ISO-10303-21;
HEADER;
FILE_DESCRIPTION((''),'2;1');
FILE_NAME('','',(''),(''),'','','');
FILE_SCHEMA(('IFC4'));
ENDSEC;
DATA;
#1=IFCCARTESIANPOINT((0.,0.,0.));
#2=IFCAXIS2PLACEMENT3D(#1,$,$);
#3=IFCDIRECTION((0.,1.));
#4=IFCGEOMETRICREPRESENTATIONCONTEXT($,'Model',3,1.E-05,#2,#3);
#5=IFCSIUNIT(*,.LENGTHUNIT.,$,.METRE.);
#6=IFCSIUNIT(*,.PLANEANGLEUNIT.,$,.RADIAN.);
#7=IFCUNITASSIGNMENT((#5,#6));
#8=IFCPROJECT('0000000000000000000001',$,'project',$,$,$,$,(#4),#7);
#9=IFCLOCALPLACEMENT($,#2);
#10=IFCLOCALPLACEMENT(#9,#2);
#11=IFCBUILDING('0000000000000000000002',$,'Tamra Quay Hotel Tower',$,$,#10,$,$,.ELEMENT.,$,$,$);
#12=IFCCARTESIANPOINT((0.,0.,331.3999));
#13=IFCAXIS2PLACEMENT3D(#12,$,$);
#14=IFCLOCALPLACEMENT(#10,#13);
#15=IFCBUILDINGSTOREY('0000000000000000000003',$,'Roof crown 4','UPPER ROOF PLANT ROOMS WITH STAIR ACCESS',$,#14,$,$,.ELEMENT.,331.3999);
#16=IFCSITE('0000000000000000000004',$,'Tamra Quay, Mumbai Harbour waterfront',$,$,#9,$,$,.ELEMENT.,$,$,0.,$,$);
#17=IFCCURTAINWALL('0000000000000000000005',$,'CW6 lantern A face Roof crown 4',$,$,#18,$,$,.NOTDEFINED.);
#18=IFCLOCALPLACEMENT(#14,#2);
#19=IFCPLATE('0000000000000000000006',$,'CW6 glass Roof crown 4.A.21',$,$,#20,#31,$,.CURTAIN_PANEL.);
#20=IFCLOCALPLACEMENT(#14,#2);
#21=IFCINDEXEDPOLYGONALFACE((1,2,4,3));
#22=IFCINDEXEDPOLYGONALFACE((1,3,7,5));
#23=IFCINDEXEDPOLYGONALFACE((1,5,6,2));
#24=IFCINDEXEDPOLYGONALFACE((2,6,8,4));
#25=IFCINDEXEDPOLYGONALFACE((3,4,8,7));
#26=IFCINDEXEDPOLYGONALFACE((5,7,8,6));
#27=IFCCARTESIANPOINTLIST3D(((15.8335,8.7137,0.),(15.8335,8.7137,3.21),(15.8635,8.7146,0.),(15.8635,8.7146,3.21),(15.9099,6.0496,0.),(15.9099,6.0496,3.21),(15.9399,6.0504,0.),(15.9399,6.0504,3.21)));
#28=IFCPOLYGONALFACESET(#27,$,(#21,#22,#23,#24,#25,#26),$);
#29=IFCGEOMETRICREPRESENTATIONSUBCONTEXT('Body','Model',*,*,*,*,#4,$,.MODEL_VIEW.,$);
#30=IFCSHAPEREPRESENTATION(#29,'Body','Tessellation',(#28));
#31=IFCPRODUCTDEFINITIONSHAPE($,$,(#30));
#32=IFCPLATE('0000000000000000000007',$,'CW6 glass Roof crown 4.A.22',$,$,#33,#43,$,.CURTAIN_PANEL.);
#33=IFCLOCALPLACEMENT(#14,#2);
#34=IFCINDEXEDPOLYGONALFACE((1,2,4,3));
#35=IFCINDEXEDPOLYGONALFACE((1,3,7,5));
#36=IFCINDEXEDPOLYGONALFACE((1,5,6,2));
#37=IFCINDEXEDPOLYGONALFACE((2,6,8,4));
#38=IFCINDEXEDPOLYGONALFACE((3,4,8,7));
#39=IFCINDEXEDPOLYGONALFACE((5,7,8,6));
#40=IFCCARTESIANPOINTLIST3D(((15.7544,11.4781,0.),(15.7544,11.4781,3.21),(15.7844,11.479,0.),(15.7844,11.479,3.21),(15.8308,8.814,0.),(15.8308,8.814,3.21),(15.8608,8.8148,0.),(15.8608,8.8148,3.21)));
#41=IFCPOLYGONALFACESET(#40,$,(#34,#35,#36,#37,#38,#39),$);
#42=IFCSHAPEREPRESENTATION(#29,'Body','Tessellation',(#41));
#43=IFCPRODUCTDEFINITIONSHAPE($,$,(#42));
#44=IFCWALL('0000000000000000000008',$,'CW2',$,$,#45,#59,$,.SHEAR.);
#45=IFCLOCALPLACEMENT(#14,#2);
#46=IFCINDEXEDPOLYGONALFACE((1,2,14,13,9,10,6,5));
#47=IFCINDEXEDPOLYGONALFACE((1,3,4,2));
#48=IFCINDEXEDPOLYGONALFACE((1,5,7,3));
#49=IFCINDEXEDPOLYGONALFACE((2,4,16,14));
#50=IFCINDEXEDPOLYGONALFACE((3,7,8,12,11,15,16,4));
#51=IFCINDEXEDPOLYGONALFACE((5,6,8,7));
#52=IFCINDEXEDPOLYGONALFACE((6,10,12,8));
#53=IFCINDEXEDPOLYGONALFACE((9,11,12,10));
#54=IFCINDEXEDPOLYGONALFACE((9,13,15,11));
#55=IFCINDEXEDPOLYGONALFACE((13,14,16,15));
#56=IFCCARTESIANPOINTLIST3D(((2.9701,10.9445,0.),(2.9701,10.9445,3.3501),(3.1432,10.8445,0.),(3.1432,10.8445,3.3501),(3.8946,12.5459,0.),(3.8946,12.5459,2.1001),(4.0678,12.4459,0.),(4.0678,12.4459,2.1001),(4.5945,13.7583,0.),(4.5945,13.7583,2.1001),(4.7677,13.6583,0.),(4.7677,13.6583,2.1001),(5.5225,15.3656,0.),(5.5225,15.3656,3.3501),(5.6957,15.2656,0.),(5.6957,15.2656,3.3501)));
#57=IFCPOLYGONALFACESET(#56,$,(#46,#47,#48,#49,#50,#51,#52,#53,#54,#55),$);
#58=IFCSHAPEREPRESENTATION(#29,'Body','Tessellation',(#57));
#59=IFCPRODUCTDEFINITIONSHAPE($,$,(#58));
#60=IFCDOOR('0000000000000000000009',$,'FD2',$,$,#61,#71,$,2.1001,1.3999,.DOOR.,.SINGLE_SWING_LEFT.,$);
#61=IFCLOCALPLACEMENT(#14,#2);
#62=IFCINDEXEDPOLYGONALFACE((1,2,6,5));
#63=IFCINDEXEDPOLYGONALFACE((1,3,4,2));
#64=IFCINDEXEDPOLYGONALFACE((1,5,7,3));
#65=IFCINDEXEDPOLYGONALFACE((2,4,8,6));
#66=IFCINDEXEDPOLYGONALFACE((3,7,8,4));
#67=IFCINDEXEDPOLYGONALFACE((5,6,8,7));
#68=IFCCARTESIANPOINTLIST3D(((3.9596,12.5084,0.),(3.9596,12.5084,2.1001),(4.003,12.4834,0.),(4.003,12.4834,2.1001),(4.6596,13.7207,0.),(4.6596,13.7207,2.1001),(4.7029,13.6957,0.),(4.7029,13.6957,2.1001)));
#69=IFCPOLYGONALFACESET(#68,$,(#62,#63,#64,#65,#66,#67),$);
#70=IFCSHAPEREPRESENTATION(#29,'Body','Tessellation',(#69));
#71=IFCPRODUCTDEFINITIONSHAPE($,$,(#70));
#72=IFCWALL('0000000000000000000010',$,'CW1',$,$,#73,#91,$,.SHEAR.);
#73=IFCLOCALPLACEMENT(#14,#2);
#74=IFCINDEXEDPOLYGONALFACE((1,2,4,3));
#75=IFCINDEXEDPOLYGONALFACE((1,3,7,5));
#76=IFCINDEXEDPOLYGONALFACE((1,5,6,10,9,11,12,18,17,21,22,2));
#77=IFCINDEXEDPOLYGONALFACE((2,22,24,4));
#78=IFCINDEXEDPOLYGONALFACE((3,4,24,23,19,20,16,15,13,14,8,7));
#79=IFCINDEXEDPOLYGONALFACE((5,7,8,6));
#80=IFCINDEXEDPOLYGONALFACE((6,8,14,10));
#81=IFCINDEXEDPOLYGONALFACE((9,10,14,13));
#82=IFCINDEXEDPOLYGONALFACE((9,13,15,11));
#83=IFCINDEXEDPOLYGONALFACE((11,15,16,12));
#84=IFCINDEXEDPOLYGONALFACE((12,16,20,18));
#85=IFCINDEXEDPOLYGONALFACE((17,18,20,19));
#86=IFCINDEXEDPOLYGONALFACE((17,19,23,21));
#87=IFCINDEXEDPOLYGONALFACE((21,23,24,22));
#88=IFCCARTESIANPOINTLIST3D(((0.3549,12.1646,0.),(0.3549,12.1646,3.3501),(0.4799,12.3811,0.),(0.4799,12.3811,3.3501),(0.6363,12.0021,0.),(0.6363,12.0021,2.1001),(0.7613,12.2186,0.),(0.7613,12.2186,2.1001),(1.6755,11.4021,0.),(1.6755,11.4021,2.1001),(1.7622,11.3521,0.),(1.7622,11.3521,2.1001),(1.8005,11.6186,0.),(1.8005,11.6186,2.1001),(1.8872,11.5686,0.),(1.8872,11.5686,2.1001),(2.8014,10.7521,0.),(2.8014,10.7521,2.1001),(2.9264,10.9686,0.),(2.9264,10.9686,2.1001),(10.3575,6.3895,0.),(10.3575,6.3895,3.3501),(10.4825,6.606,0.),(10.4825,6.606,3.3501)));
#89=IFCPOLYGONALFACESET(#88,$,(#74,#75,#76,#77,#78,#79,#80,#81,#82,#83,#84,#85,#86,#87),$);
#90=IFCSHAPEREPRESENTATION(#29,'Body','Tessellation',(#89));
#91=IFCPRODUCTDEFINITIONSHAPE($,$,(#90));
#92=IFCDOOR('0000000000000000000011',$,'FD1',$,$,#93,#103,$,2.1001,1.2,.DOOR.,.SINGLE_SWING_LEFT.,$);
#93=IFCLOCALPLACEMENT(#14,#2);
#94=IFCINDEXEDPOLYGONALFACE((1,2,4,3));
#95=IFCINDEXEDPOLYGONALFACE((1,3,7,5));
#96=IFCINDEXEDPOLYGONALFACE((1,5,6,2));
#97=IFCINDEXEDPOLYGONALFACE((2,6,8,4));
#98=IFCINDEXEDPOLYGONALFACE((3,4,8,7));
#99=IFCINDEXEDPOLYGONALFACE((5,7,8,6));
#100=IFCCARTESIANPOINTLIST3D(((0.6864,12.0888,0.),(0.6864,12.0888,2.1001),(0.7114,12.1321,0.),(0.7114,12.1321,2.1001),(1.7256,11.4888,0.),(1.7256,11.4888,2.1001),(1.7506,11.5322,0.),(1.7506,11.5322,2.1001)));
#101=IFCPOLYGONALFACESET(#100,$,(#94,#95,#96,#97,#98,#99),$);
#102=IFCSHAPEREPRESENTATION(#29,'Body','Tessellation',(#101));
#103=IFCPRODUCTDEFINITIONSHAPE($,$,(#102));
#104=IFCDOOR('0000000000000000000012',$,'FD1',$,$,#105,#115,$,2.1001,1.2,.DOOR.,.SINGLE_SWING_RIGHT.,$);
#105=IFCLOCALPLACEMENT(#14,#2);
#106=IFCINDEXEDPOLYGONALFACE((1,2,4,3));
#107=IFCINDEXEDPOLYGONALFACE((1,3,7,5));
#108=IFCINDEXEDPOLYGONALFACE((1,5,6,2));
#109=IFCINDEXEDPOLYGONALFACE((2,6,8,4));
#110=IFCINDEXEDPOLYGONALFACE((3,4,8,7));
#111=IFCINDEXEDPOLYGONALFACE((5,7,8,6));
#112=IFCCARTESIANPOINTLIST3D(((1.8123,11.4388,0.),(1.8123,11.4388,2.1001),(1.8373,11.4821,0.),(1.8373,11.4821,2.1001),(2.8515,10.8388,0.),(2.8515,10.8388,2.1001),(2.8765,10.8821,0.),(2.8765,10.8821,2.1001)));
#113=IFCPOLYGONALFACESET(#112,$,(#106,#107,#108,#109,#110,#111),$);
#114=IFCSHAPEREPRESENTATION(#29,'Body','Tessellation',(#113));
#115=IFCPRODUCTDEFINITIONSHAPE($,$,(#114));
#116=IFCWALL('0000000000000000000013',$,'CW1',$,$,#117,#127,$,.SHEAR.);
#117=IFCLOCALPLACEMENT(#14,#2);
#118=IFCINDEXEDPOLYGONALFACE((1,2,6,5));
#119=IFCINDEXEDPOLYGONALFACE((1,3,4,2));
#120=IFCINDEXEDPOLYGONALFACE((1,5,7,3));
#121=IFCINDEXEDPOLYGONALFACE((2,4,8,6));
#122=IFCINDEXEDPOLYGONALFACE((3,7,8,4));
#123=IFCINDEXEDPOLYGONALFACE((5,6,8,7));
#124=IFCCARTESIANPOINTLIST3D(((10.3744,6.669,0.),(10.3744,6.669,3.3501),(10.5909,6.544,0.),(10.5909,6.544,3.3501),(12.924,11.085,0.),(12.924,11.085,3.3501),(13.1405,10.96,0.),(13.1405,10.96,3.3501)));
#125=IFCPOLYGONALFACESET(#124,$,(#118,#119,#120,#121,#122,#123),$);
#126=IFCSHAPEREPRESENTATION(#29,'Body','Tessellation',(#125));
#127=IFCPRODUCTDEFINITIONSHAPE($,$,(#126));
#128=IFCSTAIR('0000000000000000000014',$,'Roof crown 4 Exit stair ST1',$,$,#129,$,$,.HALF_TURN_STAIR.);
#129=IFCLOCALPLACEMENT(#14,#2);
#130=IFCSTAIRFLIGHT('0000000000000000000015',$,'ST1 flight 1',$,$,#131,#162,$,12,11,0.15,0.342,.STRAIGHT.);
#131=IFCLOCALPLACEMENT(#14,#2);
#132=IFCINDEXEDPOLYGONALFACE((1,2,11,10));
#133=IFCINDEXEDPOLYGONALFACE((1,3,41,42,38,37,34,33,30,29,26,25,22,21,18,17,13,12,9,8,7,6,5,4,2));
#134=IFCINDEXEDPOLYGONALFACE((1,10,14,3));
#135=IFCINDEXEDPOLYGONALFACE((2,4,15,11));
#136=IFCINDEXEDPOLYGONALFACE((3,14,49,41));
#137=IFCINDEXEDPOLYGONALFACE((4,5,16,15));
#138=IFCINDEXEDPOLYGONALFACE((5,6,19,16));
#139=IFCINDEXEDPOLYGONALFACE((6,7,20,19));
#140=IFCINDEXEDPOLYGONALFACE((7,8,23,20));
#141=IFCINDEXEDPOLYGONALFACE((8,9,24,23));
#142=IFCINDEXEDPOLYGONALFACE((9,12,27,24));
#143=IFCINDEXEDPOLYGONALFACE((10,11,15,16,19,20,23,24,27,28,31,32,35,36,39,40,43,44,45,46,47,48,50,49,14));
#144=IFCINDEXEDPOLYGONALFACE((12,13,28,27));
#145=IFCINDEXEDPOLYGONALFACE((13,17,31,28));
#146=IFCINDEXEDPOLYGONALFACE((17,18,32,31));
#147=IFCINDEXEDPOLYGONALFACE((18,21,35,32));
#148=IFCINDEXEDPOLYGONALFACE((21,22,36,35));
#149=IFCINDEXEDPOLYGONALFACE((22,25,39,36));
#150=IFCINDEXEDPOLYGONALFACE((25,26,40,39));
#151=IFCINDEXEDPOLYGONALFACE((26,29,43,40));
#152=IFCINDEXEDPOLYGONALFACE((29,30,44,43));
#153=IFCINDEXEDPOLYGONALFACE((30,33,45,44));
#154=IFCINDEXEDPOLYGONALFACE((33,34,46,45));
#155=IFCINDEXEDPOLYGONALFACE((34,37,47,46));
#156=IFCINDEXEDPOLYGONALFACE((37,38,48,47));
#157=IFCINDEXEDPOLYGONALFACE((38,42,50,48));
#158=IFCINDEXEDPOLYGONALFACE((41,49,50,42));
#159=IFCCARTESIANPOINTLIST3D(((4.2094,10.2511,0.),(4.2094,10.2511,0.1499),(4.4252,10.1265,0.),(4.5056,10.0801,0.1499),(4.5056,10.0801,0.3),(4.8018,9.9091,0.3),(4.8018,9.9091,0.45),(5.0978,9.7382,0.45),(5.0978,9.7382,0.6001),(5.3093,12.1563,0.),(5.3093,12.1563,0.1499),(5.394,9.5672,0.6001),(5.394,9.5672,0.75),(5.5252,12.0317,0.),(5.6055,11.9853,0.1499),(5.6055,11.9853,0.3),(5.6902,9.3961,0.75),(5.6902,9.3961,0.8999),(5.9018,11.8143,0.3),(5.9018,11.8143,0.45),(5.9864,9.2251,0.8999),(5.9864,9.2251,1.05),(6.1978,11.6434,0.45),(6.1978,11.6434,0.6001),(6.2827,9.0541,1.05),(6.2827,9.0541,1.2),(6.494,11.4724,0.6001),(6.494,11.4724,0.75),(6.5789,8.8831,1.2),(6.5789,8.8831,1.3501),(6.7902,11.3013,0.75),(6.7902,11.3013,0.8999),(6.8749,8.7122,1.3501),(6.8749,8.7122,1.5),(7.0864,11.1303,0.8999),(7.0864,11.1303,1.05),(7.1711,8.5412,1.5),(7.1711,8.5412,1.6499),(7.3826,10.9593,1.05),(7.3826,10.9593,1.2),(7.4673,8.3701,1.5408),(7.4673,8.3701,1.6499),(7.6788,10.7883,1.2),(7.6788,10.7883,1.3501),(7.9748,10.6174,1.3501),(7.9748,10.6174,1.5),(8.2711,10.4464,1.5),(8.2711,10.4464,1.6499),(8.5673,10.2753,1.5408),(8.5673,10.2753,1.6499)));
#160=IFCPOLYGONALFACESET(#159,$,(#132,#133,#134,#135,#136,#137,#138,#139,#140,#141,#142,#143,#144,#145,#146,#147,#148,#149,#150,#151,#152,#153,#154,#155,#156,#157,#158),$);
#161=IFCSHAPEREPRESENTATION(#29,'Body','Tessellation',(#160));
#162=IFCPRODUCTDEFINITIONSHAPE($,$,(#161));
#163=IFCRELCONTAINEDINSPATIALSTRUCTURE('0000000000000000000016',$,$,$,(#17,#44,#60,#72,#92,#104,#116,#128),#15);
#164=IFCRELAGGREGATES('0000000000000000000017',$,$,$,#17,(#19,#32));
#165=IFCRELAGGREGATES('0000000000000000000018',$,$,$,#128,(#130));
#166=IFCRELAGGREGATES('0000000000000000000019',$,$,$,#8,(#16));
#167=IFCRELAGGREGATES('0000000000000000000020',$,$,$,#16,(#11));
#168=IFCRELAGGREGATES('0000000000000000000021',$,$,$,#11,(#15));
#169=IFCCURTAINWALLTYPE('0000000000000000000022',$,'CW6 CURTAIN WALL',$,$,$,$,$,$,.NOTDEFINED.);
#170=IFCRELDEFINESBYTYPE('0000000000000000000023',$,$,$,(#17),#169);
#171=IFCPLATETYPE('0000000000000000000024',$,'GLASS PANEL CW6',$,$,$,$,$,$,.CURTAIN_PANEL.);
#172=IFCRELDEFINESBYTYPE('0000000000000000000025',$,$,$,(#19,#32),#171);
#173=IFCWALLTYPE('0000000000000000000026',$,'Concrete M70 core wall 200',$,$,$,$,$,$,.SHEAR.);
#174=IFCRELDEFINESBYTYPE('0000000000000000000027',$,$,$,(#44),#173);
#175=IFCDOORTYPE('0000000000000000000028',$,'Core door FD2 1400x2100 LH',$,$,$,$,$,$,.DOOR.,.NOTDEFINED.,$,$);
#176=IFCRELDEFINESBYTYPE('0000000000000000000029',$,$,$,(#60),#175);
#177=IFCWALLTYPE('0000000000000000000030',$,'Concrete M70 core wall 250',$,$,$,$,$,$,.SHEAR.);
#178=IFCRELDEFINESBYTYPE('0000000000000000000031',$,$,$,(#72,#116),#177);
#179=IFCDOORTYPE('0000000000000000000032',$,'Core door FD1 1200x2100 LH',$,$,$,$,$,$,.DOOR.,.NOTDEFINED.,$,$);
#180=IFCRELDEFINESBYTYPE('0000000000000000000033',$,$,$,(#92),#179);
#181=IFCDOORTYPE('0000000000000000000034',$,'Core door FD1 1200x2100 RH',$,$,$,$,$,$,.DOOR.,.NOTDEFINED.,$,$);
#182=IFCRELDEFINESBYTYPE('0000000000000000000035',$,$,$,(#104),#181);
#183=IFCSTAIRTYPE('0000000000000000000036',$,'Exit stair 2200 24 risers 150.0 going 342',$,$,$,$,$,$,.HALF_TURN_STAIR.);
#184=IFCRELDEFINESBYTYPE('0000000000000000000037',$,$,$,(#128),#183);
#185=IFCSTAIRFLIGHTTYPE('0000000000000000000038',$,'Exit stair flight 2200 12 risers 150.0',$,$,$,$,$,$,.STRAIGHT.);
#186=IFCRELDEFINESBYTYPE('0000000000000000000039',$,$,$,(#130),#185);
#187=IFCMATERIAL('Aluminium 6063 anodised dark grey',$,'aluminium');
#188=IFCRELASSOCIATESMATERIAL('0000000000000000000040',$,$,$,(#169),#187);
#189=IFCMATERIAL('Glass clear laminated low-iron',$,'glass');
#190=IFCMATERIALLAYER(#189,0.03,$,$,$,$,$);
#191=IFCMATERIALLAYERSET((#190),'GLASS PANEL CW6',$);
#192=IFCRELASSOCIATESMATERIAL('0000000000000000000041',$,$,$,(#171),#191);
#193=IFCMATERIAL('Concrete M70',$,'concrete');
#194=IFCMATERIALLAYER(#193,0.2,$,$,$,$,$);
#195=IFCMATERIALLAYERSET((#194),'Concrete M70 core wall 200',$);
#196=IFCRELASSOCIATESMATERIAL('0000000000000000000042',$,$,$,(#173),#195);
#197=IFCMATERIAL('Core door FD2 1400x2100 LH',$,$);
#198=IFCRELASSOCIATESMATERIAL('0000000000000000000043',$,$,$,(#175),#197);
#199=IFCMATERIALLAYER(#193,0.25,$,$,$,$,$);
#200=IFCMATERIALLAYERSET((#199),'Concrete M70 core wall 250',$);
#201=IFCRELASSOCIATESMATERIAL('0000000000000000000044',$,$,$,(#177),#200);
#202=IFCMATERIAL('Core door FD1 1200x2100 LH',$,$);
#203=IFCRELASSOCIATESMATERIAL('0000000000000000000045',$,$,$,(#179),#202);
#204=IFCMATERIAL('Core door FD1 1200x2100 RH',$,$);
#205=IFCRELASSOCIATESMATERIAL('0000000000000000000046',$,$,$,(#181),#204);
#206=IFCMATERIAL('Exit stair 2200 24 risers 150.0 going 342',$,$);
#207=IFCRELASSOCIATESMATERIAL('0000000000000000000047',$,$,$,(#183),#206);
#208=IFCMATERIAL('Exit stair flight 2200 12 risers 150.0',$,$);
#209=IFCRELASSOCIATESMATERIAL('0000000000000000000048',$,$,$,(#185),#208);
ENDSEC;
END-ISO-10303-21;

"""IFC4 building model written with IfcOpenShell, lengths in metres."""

from ifc_helpers import new_model, si_unit, direction, frame, frame_2d, origin, origin_2d, place, context, subcontext, project, spatial, polyline, rectangle, outline, extrude, material, layer, layer_set, type_object, element, fill, aggregate, save


model = new_model("IFC4")

# Units and contexts
model_context = context("Model", 3, precision=1e-05, world=origin(), true_north=direction((0.0, 1.0)))
body_context = subcontext(model_context, "Body", "Model", "MODEL_VIEW")
ifc_project = project(units=[si_unit("LENGTHUNIT", "METRE"), si_unit("PLANEANGLEUNIT", "RADIAN")], contexts=[model_context])

# Site, building, storey
site_placement = place(None, origin())
site = spatial("IfcSite", under=ifc_project, at=site_placement, Name="Tamra Quay, Mumbai Harbour waterfront", CompositionType="ELEMENT", RefElevation=0.0)
building_placement = place(site_placement, origin())
building = spatial("IfcBuilding", under=site, at=building_placement, Name="Tamra Quay Hotel Tower", CompositionType="ELEMENT")
storey_placement = place(building_placement, frame((0.0, 0.0, 331.3999)))
storey = spatial("IfcBuildingStorey", under=building, at=storey_placement, Name="Roof crown 4", Description="UPPER ROOF PLANT ROOMS WITH STAIR ACCESS", CompositionType="ELEMENT", Elevation=331.3999)

# Curtain wall, plates
ifc_material_1 = material(Name="Aluminium 6063 anodised dark grey", Category="aluminium")
curtain_wall_type = type_object("IfcCurtainWallType", Name="CW6 CURTAIN WALL", PredefinedType="NOTDEFINED", material=ifc_material_1)
curtain_wall_placement = place(storey_placement, origin())
curtain_wall = element("IfcCurtainWall", 1, at=curtain_wall_placement, inside=storey, type_object=curtain_wall_type, Name="CW6 lantern A face Roof crown 4", PredefinedType="NOTDEFINED")
ifc_material_2 = material(Name="Glass clear laminated low-iron", Category="glass")
ifc_layer_1 = layer(ifc_material_2, 0.03)
ifc_layer_set_1 = layer_set([ifc_layer_1], Name="GLASS PANEL CW6")
plate_type = type_object("IfcPlateType", Name="GLASS PANEL CW6", PredefinedType="CURTAIN_PANEL", material=ifc_layer_set_1)
plate_1_placement = place(storey_placement, frame((15.8867, 7.3821, 0.0), z_axis=(0.0, 0.0, 1.0), x_axis=(-0.02865, 0.99959, 0.0)))
plate_1 = element("IfcPlate", 2, at=plate_1_placement, type_object=plate_type, Name="CW6 glass Roof crown 4.A.21", PredefinedType="CURTAIN_PANEL", context=body_context, shape_type="SweptSolid", body=[
    extrude(rectangle(XDim=2.6653, YDim=0.03, at=origin_2d()), origin(), (0.0, 0.0, 1.0), 3.21),
])
plate_2_placement = place(storey_placement, frame((15.8076, 10.1465, 0.0), z_axis=(0.0, 0.0, 1.0), x_axis=(-0.02865, 0.99959, 0.0)))
plate_2 = element("IfcPlate", 3, at=plate_2_placement, type_object=plate_type, Name="CW6 glass Roof crown 4.A.22", PredefinedType="CURTAIN_PANEL", context=body_context, shape_type="SweptSolid", body=[
    extrude(rectangle(XDim=2.6653, YDim=0.03, at=origin_2d()), origin(), (0.0, 0.0, 1.0), 3.21),
])
aggregate(curtain_wall, [plate_1, plate_2])

# Wall, opening, door
ifc_material_3 = material(Name="Concrete M70", Category="concrete")
ifc_layer_2 = layer(ifc_material_3, 0.2)
ifc_layer_set_2 = layer_set([ifc_layer_2], Name="Concrete M70 core wall 200")
wall_type_1 = type_object("IfcWallType", Name="Concrete M70 core wall 200", PredefinedType="SHEAR", material=ifc_layer_set_2)
wall_1_placement = place(storey_placement, frame((3.0566, 10.8945, 0.0), z_axis=(0.0, 0.0, 1.0), x_axis=(0.499992, 0.86603, 0.0)))
wall_1 = element("IfcWall", 4, at=wall_1_placement, inside=storey, type_object=wall_type_1, Name="CW2", PredefinedType="SHEAR", context=body_context, shape_type="SweptSolid", body=[
    extrude(rectangle(XDim=5.105, YDim=0.2, at=frame_2d((2.5525, 0.0))), origin(), (0.0, 0.0, 1.0), 3.3501),
])
opening_1_placement = place(wall_1_placement, frame((1.8491, 0.0, 0.0)))
opening_1 = element("IfcOpeningElement", 5, at=opening_1_placement, cuts=wall_1, PredefinedType="OPENING", context=body_context, shape_type="SweptSolid", body=[
    extrude(rectangle(XDim=1.3999, YDim=2.1001, at=frame_2d((0.7, 1.05))), frame((0.0, 0.1099, 0.0), z_axis=(0.0, -1.0, 0.0), x_axis=(1.0, 0.0, 0.0)), (0.0, 0.0, 1.0), 0.22),
])
ifc_material_4 = material(Name="Core door FD2 1400x2100 LH")
door_type_1 = type_object("IfcDoorType", Name="Core door FD2 1400x2100 LH", OperationType="NOTDEFINED", PredefinedType="DOOR", material=ifc_material_4)
door_1_placement = place(opening_1_placement, origin())
door_1 = element("IfcDoor", 6, at=door_1_placement, inside=storey, type_object=door_type_1, Name="FD2", OperationType="SINGLE_SWING_LEFT", OverallHeight=2.1001, OverallWidth=1.3999, PredefinedType="DOOR", context=body_context, shape_type="SweptSolid", body=[
    extrude(rectangle(XDim=1.3999, YDim=2.1001, at=frame_2d((0.7, 1.05))), frame((0.0, 0.0249, 0.0), z_axis=(0.0, -1.0, 0.0), x_axis=(1.0, 0.0, 0.0)), (0.0, 0.0, 1.0), 0.05),
])
fill(opening_1, door_1)

# Wall, openings, doors
ifc_layer_3 = layer(ifc_material_3, 0.25)
ifc_layer_set_3 = layer_set([ifc_layer_3], Name="Concrete M70 core wall 250")
wall_type_2 = type_object("IfcWallType", Name="Concrete M70 core wall 250", PredefinedType="SHEAR", material=ifc_layer_set_3)
wall_2_placement = place(storey_placement, frame((10.4199, 6.4978, 0.0), z_axis=(0.0, 0.0, 1.0), x_axis=(-0.866022, 0.500006, 0.0)))
wall_2 = element("IfcWall", 7, at=wall_2_placement, inside=storey, type_object=wall_type_2, Name="CW1", PredefinedType="SHEAR", context=body_context, shape_type="SweptSolid", body=[
    extrude(rectangle(XDim=11.55, YDim=0.25, at=frame_2d((5.7749, 0.0))), origin(), (0.0, 0.0, 1.0), 3.3501),
])
opening_2_placement = place(wall_2_placement, frame((10.0249, 0.0, 0.0)))
opening_2 = element("IfcOpeningElement", 8, at=opening_2_placement, cuts=wall_2, PredefinedType="OPENING", context=body_context, shape_type="SweptSolid", body=[
    extrude(rectangle(XDim=1.2, YDim=2.1001, at=frame_2d((0.6001, 1.05))), frame((0.0, 0.135, 0.0), z_axis=(0.0, -1.0, 0.0), x_axis=(1.0, 0.0, 0.0)), (0.0, 0.0, 1.0), 0.27),
])
opening_3_placement = place(wall_2_placement, frame((8.7249, 0.0, 0.0)))
opening_3 = element("IfcOpeningElement", 9, at=opening_3_placement, cuts=wall_2, PredefinedType="OPENING", context=body_context, shape_type="SweptSolid", body=[
    extrude(rectangle(XDim=1.2, YDim=2.1001, at=frame_2d((0.6001, 1.05))), frame((0.0, 0.135, 0.0), z_axis=(0.0, -1.0, 0.0), x_axis=(1.0, 0.0, 0.0)), (0.0, 0.0, 1.0), 0.27),
])
ifc_material_5 = material(Name="Core door FD1 1200x2100 LH")
door_type_2 = type_object("IfcDoorType", Name="Core door FD1 1200x2100 LH", OperationType="NOTDEFINED", PredefinedType="DOOR", material=ifc_material_5)
door_2_placement = place(opening_2_placement, origin())
door_2 = element("IfcDoor", 10, at=door_2_placement, inside=storey, type_object=door_type_2, Name="FD1", OperationType="SINGLE_SWING_LEFT", OverallHeight=2.1001, OverallWidth=1.2, PredefinedType="DOOR", context=body_context, shape_type="SweptSolid", body=[
    extrude(rectangle(XDim=1.2, YDim=2.1001, at=frame_2d((0.6001, 1.05))), frame((0.0, 0.0249, 0.0), z_axis=(0.0, -1.0, 0.0), x_axis=(1.0, 0.0, 0.0)), (0.0, 0.0, 1.0), 0.05),
])
fill(opening_2, door_2)
ifc_material_6 = material(Name="Core door FD1 1200x2100 RH")
door_type_3 = type_object("IfcDoorType", Name="Core door FD1 1200x2100 RH", OperationType="NOTDEFINED", PredefinedType="DOOR", material=ifc_material_6)
door_3_placement = place(opening_3_placement, origin())
door_3 = element("IfcDoor", 11, at=door_3_placement, inside=storey, type_object=door_type_3, Name="FD1", OperationType="SINGLE_SWING_RIGHT", OverallHeight=2.1001, OverallWidth=1.2, PredefinedType="DOOR", context=body_context, shape_type="SweptSolid", body=[
    extrude(rectangle(XDim=1.2, YDim=2.1001, at=frame_2d((0.6001, 1.05))), frame((0.0, 0.0249, 0.0), z_axis=(0.0, -1.0, 0.0), x_axis=(1.0, 0.0, 0.0)), (0.0, 0.0, 1.0), 0.05),
])
fill(opening_3, door_3)

# Wall
wall_3_placement = place(storey_placement, frame((13.0322, 11.0225, 0.0), z_axis=(0.0, 0.0, 1.0), x_axis=(-0.499996, -0.866028, 0.0)))
element("IfcWall", 12, at=wall_3_placement, inside=storey, type_object=wall_type_2, Name="CW1", PredefinedType="SHEAR", context=body_context, shape_type="SweptSolid", body=[
    extrude(rectangle(XDim=5.0991, YDim=0.25, at=frame_2d((2.5496, 0.0))), origin(), (0.0, 0.0, 1.0), 3.3501),
])

# Stair, stair flight
ifc_material_7 = material(Name="Exit stair 2200 24 risers 150.0 going 342")
stair_type = type_object("IfcStairType", Name="Exit stair 2200 24 risers 150.0 going 342", PredefinedType="HALF_TURN_STAIR", material=ifc_material_7)
stair_placement = place(storey_placement, origin())
stair = element("IfcStair", 13, at=stair_placement, inside=storey, type_object=stair_type, Name="Roof crown 4 Exit stair ST1", PredefinedType="HALF_TURN_STAIR")
ifc_material_8 = material(Name="Exit stair flight 2200 12 risers 150.0")
stair_flight_type = type_object("IfcStairFlightType", Name="Exit stair flight 2200 12 risers 150.0", PredefinedType="STRAIGHT", material=ifc_material_8)
stair_flight_1_placement = place(storey_placement, frame((4.7593, 11.2036, 0.0), z_axis=(0.0, 0.0, 1.0), x_axis=(0.866025, -0.5, 0.0)))
stair_flight_1 = element("IfcStairFlight", 14, at=stair_flight_1_placement, type_object=stair_flight_type, Name="ST1 flight 1", NumberOfRisers=12, NumberOfTreads=11, PredefinedType="STRAIGHT", RiserHeight=0.15, TreadLength=0.342, context=body_context, shape_type="SweptSolid", body=[
    extrude(outline(polyline([(0.0, 0.0), (0.0, 0.1499), (0.342, 0.1499), (0.342, 0.3), (0.6841, 0.3), (0.6841, 0.45), (1.0259, 0.45), (1.0259, 0.6001), (1.3679, 0.6001), (1.3679, 0.75), (1.71, 0.75), (1.71, 0.8999), (2.052, 0.8999), (2.052, 1.05), (2.394, 1.05), (2.394, 1.2), (2.7361, 1.2), (2.7361, 1.3501), (3.0779, 1.3501), (3.0779, 1.5), (3.4199, 1.5), (3.4199, 1.6499), (3.762, 1.6499), (3.762, 1.8), (3.762, 1.5408), (0.2493, 0.0), (0.0, 0.0)])), frame((0.0, 1.1001, 0.0), z_axis=(0.0, -1.0, 0.0), x_axis=(1.0, 0.0, 0.0)), (0.0, 0.0, 1.0), 2.2),
])
aggregate(stair, [stair_flight_1])

save(model, "model.ifc")
